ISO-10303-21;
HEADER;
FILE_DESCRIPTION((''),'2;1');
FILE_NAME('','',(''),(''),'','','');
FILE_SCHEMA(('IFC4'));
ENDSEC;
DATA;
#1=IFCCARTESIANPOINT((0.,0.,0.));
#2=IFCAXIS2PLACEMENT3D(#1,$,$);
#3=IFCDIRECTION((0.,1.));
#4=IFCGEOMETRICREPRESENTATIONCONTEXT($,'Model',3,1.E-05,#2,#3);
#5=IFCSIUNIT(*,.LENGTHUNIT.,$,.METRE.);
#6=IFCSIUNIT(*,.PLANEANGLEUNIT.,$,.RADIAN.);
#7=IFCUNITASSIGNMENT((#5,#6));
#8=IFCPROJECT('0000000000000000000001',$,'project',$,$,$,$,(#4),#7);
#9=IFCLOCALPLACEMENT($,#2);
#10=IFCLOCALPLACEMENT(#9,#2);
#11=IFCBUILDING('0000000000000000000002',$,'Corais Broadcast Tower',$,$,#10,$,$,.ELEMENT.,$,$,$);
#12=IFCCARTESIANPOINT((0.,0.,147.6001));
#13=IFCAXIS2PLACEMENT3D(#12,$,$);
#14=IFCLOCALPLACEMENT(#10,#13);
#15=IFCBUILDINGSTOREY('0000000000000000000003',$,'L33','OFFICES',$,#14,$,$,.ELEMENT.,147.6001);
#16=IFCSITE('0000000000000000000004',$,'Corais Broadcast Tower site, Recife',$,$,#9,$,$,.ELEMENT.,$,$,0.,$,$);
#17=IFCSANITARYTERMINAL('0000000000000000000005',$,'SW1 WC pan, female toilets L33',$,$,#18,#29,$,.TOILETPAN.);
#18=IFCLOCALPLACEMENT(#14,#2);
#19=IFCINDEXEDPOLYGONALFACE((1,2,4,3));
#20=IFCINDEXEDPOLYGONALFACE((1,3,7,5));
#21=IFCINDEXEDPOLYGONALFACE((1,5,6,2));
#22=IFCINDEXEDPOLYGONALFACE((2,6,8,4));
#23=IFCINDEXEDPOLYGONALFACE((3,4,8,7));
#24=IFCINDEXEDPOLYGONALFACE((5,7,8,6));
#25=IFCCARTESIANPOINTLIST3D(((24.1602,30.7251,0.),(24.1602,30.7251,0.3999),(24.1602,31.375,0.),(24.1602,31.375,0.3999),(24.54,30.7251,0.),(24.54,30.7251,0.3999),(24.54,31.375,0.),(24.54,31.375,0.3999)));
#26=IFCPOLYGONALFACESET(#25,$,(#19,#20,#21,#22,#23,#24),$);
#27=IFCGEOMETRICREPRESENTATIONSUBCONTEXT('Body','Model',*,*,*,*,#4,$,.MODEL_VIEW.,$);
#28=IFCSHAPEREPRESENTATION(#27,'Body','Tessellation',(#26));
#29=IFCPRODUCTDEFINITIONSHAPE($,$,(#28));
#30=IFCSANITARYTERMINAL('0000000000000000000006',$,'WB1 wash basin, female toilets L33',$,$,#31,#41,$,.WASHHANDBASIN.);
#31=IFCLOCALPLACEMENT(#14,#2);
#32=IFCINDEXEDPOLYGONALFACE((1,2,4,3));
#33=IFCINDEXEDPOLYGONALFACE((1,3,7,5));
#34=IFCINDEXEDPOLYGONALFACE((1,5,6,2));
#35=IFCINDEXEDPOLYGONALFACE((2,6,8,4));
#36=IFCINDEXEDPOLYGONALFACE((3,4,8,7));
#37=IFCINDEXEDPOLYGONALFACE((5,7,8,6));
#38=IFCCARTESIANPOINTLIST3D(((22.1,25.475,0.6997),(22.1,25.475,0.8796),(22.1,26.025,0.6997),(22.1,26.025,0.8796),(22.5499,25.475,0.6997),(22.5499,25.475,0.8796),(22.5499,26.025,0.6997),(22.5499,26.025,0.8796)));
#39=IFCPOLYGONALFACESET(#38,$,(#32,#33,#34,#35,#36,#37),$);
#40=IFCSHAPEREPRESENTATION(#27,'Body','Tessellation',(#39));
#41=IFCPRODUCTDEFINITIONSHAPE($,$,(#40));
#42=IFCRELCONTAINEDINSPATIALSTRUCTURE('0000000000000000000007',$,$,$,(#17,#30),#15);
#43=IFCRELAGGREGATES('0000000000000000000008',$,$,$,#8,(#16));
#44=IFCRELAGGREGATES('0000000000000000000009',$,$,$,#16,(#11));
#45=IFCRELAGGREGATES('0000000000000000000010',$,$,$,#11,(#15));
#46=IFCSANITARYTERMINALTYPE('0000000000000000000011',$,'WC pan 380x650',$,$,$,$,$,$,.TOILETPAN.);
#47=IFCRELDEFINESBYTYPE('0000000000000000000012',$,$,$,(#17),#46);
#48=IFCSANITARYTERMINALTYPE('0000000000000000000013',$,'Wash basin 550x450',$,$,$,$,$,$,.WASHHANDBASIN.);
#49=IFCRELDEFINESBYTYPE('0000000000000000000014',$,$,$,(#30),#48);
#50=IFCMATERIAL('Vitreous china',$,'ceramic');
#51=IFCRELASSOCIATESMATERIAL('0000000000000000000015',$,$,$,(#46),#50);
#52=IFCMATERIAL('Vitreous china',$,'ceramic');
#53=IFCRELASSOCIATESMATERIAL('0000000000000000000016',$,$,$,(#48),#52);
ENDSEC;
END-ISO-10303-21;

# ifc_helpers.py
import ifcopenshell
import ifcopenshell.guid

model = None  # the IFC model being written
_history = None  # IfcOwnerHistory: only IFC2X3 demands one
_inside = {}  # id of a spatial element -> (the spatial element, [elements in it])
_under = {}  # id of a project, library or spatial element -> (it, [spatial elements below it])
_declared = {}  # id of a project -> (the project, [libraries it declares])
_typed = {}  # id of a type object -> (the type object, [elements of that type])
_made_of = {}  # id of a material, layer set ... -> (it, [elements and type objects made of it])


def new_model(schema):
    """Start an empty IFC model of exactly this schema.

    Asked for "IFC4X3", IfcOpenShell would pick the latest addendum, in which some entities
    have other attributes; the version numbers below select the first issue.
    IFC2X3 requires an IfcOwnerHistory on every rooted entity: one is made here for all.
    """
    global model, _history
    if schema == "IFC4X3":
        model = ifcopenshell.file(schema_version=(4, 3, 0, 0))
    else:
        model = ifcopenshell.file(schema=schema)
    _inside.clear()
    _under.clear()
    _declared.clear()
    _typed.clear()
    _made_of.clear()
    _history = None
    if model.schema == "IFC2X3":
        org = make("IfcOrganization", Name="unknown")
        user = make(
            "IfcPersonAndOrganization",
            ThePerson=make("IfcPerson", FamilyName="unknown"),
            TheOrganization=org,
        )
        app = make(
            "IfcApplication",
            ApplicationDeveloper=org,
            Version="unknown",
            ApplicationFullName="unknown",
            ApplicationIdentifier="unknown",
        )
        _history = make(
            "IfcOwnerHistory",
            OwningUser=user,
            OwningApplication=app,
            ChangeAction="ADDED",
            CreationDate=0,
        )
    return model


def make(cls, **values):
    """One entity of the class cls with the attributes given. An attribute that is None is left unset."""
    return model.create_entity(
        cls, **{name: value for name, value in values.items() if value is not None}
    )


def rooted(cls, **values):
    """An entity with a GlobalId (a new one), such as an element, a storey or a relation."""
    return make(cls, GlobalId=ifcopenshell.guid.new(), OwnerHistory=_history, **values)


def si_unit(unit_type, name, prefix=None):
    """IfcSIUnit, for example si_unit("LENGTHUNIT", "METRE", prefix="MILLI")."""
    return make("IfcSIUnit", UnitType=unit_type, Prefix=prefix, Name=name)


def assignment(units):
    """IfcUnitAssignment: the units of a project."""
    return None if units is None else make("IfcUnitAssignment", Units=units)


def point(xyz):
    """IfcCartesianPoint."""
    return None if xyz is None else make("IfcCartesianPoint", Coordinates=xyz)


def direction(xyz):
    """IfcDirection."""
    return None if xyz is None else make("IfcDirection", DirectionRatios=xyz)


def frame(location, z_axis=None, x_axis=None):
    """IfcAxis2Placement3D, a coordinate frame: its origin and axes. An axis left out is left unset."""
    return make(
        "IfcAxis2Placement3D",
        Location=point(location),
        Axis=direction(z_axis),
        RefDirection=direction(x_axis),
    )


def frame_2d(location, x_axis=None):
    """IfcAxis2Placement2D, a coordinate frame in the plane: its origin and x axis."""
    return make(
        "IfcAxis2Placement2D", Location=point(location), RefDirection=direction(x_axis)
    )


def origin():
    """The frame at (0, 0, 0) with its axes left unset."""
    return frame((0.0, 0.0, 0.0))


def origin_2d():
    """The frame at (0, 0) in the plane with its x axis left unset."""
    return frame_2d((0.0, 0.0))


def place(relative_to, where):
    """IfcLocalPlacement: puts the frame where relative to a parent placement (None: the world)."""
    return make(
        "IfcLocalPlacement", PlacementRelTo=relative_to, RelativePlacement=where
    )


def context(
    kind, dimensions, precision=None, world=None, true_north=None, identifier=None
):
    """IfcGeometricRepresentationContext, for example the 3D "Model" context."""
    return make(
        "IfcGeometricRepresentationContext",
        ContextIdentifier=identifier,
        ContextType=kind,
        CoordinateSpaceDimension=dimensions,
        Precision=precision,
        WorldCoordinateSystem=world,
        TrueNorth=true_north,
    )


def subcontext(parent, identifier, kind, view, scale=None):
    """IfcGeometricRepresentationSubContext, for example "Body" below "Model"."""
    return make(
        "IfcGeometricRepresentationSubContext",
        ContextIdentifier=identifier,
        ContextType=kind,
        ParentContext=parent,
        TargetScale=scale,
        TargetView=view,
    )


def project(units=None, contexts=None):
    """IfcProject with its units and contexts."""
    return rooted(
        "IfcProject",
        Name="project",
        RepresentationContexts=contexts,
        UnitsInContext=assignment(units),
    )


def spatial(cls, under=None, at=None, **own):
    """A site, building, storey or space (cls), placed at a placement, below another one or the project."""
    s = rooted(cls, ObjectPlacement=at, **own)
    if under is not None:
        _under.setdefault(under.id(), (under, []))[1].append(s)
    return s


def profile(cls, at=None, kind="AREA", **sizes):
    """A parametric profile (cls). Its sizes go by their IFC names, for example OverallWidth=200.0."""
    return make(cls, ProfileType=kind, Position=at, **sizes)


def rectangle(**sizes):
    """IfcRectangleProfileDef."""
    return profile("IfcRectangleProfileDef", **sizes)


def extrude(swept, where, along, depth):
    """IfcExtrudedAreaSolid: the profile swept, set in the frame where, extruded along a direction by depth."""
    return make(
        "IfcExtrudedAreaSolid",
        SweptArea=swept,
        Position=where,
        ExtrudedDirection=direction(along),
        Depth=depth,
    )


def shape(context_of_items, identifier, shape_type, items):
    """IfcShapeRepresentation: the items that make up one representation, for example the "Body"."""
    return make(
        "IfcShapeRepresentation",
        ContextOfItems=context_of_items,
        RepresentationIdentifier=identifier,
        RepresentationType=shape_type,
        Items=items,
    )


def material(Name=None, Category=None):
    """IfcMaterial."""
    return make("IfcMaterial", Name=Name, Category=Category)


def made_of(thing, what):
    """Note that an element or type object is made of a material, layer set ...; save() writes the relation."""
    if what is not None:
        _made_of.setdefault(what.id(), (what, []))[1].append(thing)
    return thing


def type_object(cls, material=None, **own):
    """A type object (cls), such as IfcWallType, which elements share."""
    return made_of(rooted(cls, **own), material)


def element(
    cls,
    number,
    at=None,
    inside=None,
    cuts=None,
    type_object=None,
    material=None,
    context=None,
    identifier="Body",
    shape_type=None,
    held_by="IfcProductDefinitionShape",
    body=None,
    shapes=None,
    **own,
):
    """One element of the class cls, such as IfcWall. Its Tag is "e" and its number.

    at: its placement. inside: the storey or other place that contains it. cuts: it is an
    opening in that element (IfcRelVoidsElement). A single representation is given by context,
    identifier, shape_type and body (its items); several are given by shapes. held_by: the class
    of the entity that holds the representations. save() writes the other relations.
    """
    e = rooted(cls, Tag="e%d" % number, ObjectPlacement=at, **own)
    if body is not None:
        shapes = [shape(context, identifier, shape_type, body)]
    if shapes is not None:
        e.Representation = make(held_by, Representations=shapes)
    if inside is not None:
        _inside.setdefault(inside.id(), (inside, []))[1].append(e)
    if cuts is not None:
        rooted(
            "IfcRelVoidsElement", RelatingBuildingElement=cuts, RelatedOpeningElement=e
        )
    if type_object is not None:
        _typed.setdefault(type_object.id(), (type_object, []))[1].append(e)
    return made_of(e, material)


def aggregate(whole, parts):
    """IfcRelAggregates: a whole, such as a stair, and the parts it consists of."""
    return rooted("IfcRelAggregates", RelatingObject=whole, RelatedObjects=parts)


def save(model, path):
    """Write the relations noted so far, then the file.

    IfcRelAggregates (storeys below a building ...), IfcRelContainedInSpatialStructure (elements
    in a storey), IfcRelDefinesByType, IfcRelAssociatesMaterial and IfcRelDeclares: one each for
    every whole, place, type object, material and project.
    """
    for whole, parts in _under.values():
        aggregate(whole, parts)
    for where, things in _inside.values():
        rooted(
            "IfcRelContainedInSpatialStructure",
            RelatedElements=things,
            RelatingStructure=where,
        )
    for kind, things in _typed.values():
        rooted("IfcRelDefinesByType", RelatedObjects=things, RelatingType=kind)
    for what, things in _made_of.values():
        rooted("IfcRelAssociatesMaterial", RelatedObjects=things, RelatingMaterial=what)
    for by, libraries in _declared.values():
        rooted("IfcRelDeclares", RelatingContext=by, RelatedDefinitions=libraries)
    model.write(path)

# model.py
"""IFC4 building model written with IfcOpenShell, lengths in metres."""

from ifc_helpers import new_model, si_unit, direction, frame, origin, origin_2d, place, context, subcontext, project, spatial, rectangle, extrude, material, type_object, element, save


model = new_model("IFC4")

# Units and contexts
model_context = context("Model", 3, precision=1e-05, world=origin(), true_north=direction((0.0, 1.0)))
body_context = subcontext(model_context, "Body", "Model", "MODEL_VIEW")
ifc_project = project(units=[si_unit("LENGTHUNIT", "METRE"), si_unit("PLANEANGLEUNIT", "RADIAN")], contexts=[model_context])

# Site, building, storey
site_placement = place(None, origin())
site = spatial("IfcSite", under=ifc_project, at=site_placement, Name="Corais Broadcast Tower site, Recife", CompositionType="ELEMENT", RefElevation=0.0)
building_placement = place(site_placement, origin())
building = spatial("IfcBuilding", under=site, at=building_placement, Name="Corais Broadcast Tower", CompositionType="ELEMENT")
storey_placement = place(building_placement, frame((0.0, 0.0, 147.6001)))
storey = spatial("IfcBuildingStorey", under=building, at=storey_placement, Name="L33", Description="OFFICES", CompositionType="ELEMENT", Elevation=147.6001)

# Sanitary terminals
ifc_material_1 = material(Name="Vitreous china", Category="ceramic")
sanitary_terminal_type_1 = type_object("IfcSanitaryTerminalType", Name="WC pan 380x650", PredefinedType="TOILETPAN", material=ifc_material_1)
for number, where, z_axis, x_axis, name in (
    (1, (24.3501, 31.05, 0.0), (0.0, 0.0, 1.0), (1.0, 0.0, 0.0), "SW1 WC pan, female toilets L33"),
):
    element("IfcSanitaryTerminal", number, at=place(storey_placement, frame(where, z_axis=z_axis, x_axis=x_axis)), inside=storey, type_object=sanitary_terminal_type_1, Name=name, PredefinedType="TOILETPAN", context=body_context, shape_type="SweptSolid", body=[
        extrude(rectangle(XDim=0.3799, YDim=0.6499, at=origin_2d()), origin(), (0.0, 0.0, 1.0), 0.3999),
    ])
ifc_material_2 = material(Name="Vitreous china", Category="ceramic")
sanitary_terminal_type_2 = type_object("IfcSanitaryTerminalType", Name="Wash basin 550x450", PredefinedType="WASHHANDBASIN", material=ifc_material_2)
sanitary_terminal_placement = place(storey_placement, frame((22.325, 25.75, 0.6997), z_axis=(0.0, 0.0, 1.0), x_axis=(1.0, 0.0, 0.0)))
element("IfcSanitaryTerminal", 2, at=sanitary_terminal_placement, inside=storey, type_object=sanitary_terminal_type_2, Name="WB1 wash basin, female toilets L33", PredefinedType="WASHHANDBASIN", context=body_context, shape_type="SweptSolid", body=[
    extrude(rectangle(XDim=0.45, YDim=0.55, at=origin_2d()), origin(), (0.0, 0.0, 1.0), 0.1799),
])

save(model, "model.ifc")
